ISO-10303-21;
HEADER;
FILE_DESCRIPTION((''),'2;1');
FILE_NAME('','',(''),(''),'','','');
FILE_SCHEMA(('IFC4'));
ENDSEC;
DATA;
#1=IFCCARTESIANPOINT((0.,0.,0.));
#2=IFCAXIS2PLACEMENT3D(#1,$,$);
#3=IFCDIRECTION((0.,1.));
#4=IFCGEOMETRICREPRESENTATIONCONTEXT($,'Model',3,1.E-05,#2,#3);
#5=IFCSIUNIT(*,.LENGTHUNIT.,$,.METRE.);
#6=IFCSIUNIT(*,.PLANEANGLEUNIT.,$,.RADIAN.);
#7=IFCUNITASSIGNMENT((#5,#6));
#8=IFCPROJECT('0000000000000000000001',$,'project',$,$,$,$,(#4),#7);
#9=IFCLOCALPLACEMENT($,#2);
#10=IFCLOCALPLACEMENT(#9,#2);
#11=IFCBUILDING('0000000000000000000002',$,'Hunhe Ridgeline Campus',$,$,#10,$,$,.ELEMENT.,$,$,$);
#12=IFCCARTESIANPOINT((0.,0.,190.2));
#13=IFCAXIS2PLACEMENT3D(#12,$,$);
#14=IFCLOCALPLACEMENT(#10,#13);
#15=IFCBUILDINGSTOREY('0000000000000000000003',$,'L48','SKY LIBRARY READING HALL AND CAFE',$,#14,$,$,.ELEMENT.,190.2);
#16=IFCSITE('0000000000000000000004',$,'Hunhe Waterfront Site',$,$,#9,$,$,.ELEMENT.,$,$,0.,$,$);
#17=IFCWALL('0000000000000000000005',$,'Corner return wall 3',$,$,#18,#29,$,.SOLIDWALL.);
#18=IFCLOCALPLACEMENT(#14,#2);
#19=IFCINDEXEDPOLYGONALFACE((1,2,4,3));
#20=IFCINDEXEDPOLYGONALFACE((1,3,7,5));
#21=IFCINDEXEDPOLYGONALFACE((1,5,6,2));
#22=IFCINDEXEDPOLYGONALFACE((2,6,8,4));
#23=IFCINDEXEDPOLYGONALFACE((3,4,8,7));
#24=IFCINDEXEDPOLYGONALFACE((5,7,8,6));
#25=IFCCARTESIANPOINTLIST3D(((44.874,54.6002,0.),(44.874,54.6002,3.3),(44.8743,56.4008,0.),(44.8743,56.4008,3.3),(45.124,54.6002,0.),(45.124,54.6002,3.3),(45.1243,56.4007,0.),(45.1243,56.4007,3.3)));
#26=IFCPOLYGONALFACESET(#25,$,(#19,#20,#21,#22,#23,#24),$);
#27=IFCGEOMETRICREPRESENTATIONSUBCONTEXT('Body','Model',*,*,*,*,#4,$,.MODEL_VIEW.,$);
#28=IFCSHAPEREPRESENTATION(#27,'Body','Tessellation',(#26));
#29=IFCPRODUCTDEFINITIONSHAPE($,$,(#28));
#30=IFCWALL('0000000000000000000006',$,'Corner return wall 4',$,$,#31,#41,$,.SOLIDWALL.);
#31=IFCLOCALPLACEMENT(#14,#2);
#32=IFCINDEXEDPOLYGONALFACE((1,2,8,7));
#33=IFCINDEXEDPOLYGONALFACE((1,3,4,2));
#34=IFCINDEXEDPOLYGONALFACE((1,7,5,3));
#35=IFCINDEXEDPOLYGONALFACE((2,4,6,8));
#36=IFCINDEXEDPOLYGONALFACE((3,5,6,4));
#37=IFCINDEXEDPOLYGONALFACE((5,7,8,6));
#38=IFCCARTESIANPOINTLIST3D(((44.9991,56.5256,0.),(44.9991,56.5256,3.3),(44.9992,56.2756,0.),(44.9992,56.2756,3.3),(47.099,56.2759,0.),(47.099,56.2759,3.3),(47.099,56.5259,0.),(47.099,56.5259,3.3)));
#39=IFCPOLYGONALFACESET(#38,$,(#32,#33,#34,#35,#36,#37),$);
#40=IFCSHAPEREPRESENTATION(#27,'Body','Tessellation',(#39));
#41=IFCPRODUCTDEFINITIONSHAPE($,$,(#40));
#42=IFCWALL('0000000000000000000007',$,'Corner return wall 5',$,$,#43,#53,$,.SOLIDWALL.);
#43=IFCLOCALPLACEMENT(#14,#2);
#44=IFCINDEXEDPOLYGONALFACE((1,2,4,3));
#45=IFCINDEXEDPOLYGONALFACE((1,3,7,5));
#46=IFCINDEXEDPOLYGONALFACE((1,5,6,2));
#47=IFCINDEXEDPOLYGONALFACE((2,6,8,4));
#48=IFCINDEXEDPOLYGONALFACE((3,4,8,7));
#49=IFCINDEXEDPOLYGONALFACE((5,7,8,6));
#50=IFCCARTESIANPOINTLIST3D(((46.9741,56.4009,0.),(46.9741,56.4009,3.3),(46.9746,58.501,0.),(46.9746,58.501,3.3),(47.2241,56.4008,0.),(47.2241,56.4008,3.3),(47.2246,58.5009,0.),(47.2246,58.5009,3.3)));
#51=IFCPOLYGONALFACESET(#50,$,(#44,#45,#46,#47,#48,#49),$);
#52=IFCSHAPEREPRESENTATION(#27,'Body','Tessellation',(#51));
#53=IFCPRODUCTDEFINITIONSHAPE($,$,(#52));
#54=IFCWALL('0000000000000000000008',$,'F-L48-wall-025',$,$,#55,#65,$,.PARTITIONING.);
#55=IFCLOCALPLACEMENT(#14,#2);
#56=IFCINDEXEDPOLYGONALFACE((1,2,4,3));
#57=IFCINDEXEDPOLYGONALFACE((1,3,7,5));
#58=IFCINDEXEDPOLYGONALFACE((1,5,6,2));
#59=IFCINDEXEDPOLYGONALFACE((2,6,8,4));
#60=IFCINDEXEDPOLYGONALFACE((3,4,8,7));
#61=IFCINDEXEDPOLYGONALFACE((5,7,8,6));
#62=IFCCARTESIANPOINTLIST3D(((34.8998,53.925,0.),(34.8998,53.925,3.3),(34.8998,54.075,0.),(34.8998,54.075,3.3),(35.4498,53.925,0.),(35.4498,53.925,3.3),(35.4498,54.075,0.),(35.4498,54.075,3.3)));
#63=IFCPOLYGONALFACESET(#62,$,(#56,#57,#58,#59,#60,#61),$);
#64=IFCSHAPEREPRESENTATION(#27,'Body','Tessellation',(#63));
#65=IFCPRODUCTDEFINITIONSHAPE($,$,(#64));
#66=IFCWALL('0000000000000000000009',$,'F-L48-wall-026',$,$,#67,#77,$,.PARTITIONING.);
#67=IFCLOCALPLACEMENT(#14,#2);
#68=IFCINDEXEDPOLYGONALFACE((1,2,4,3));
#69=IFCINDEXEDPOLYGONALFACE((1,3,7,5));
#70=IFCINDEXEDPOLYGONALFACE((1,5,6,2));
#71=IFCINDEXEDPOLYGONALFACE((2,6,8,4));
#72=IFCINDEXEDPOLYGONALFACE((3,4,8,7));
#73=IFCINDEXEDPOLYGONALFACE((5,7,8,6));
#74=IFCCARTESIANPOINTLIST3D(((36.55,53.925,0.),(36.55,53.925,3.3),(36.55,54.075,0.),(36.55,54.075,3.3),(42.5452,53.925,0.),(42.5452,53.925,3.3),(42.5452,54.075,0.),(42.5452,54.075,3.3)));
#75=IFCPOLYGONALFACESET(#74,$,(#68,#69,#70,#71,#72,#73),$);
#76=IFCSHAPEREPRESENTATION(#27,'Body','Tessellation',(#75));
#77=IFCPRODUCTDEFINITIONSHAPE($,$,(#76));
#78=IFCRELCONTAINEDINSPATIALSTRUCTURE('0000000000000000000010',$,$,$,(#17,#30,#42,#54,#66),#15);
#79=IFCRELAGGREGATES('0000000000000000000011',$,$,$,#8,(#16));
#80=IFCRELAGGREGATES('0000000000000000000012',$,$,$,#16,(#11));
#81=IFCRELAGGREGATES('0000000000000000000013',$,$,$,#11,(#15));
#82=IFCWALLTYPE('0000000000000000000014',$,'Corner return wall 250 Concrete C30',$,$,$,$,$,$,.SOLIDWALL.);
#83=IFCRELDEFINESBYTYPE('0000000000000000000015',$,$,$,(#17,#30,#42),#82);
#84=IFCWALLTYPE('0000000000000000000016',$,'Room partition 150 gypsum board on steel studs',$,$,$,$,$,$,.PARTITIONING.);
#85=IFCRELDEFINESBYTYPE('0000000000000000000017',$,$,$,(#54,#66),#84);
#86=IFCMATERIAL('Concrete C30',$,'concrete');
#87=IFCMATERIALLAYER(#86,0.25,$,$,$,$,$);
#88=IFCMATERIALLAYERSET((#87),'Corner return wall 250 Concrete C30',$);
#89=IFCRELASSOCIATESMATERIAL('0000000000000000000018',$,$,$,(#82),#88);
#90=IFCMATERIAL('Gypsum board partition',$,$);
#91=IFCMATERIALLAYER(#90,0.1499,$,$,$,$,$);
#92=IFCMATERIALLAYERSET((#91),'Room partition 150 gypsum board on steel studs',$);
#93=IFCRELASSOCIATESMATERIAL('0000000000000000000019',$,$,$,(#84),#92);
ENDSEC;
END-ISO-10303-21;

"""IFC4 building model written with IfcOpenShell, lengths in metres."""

from ifc_helpers import new_model, si_unit, direction, frame, frame_2d, origin, place, context, subcontext, project, spatial, rectangle, extrude, material, layer, layer_set, type_object, element, save


model = new_model("IFC4")

# Units and contexts
model_context = context("Model", 3, precision=1e-05, world=origin(), true_north=direction((0.0, 1.0)))
body_context = subcontext(model_context, "Body", "Model", "MODEL_VIEW")
ifc_project = project(units=[si_unit("LENGTHUNIT", "METRE"), si_unit("PLANEANGLEUNIT", "RADIAN")], contexts=[model_context])

# Site, building, storey
site_placement = place(None, origin())
site = spatial("IfcSite", under=ifc_project, at=site_placement, Name="Hunhe Waterfront Site", CompositionType="ELEMENT", RefElevation=0.0)
building_placement = place(site_placement, origin())
building = spatial("IfcBuilding", under=site, at=building_placement, Name="Hunhe Ridgeline Campus", CompositionType="ELEMENT")
storey_placement = place(building_placement, frame((0.0, 0.0, 190.2)))
storey = spatial("IfcBuildingStorey", under=building, at=storey_placement, Name="L48", Description="SKY LIBRARY READING HALL AND CAFE", CompositionType="ELEMENT", Elevation=190.2)

# Walls
ifc_material_1 = material(Name="Concrete C30", Category="concrete")
ifc_layer_1 = layer(ifc_material_1, 0.25)
ifc_layer_set_1 = layer_set([ifc_layer_1], Name="Corner return wall 250 Concrete C30")
wall_type_1 = type_object("IfcWallType", Name="Corner return wall 250 Concrete C30", PredefinedType="SOLIDWALL", material=ifc_layer_set_1)
wall_1_placement = place(storey_placement, frame((44.999, 54.6001, 0.0), z_axis=(0.0, 0.0, 1.0), x_axis=(0.000136, 1.0, 0.0)))
element("IfcWall", 1, at=wall_1_placement, inside=storey, type_object=wall_type_1, Name="Corner return wall 3", PredefinedType="SOLIDWALL", context=body_context, shape_type="SweptSolid", body=[
    extrude(rectangle(XDim=1.8005, YDim=0.25, at=frame_2d((0.9004, 0.0))), origin(), (0.0, 0.0, 1.0), 3.3),
])
wall_2_placement = place(storey_placement, frame((44.9993, 56.4006, 0.0), z_axis=(0.0, 0.0, 1.0), x_axis=(1.0, 0.000116, 0.0)))
element("IfcWall", 2, at=wall_2_placement, inside=storey, type_object=wall_type_1, Name="Corner return wall 4", PredefinedType="SOLIDWALL", context=body_context, shape_type="SweptSolid", body=[
    extrude(rectangle(XDim=2.0999, YDim=0.25, at=frame_2d((1.0498, 0.0))), origin(), (0.0, 0.0, 1.0), 3.3),
])
wall_3_placement = place(storey_placement, frame((47.0991, 56.4009, 0.0), z_axis=(0.0, 0.0, 1.0), x_axis=(0.000233, 1.0, 0.0)))
element("IfcWall", 3, at=wall_3_placement, inside=storey, type_object=wall_type_1, Name="Corner return wall 5", PredefinedType="SOLIDWALL", context=body_context, shape_type="SweptSolid", body=[
    extrude(rectangle(XDim=2.1001, YDim=0.25, at=frame_2d((1.05, 0.0))), origin(), (0.0, 0.0, 1.0), 3.3),
])
ifc_material_2 = material(Name="Gypsum board partition")
ifc_layer_2 = layer(ifc_material_2, 0.1499)
ifc_layer_set_2 = layer_set([ifc_layer_2], Name="Room partition 150 gypsum board on steel studs")
wall_type_2 = type_object("IfcWallType", Name="Room partition 150 gypsum board on steel studs", PredefinedType="PARTITIONING", material=ifc_layer_set_2)
wall_4_placement = place(storey_placement, frame((34.8999, 54.0, 0.0), z_axis=(0.0, 0.0, 1.0), x_axis=(1.0, 0.0, 0.0)))
element("IfcWall", 4, at=wall_4_placement, inside=storey, type_object=wall_type_2, Name="F-L48-wall-025", PredefinedType="PARTITIONING", context=body_context, shape_type="SweptSolid", body=[
    extrude(rectangle(XDim=0.55, YDim=0.1499, at=frame_2d((0.2749, 0.0))), origin(), (0.0, 0.0, 1.0), 3.3),
])
wall_5_placement = place(storey_placement, frame((36.55, 54.0, 0.0), z_axis=(0.0, 0.0, 1.0), x_axis=(1.0, 0.0, 0.0)))
element("IfcWall", 5, at=wall_5_placement, inside=storey, type_object=wall_type_2, Name="F-L48-wall-026", PredefinedType="PARTITIONING", context=body_context, shape_type="SweptSolid", body=[
    extrude(rectangle(XDim=5.9951, YDim=0.1499, at=frame_2d((2.9976, 0.0))), origin(), (0.0, 0.0, 1.0), 3.3),
])

save(model, "model.ifc")
